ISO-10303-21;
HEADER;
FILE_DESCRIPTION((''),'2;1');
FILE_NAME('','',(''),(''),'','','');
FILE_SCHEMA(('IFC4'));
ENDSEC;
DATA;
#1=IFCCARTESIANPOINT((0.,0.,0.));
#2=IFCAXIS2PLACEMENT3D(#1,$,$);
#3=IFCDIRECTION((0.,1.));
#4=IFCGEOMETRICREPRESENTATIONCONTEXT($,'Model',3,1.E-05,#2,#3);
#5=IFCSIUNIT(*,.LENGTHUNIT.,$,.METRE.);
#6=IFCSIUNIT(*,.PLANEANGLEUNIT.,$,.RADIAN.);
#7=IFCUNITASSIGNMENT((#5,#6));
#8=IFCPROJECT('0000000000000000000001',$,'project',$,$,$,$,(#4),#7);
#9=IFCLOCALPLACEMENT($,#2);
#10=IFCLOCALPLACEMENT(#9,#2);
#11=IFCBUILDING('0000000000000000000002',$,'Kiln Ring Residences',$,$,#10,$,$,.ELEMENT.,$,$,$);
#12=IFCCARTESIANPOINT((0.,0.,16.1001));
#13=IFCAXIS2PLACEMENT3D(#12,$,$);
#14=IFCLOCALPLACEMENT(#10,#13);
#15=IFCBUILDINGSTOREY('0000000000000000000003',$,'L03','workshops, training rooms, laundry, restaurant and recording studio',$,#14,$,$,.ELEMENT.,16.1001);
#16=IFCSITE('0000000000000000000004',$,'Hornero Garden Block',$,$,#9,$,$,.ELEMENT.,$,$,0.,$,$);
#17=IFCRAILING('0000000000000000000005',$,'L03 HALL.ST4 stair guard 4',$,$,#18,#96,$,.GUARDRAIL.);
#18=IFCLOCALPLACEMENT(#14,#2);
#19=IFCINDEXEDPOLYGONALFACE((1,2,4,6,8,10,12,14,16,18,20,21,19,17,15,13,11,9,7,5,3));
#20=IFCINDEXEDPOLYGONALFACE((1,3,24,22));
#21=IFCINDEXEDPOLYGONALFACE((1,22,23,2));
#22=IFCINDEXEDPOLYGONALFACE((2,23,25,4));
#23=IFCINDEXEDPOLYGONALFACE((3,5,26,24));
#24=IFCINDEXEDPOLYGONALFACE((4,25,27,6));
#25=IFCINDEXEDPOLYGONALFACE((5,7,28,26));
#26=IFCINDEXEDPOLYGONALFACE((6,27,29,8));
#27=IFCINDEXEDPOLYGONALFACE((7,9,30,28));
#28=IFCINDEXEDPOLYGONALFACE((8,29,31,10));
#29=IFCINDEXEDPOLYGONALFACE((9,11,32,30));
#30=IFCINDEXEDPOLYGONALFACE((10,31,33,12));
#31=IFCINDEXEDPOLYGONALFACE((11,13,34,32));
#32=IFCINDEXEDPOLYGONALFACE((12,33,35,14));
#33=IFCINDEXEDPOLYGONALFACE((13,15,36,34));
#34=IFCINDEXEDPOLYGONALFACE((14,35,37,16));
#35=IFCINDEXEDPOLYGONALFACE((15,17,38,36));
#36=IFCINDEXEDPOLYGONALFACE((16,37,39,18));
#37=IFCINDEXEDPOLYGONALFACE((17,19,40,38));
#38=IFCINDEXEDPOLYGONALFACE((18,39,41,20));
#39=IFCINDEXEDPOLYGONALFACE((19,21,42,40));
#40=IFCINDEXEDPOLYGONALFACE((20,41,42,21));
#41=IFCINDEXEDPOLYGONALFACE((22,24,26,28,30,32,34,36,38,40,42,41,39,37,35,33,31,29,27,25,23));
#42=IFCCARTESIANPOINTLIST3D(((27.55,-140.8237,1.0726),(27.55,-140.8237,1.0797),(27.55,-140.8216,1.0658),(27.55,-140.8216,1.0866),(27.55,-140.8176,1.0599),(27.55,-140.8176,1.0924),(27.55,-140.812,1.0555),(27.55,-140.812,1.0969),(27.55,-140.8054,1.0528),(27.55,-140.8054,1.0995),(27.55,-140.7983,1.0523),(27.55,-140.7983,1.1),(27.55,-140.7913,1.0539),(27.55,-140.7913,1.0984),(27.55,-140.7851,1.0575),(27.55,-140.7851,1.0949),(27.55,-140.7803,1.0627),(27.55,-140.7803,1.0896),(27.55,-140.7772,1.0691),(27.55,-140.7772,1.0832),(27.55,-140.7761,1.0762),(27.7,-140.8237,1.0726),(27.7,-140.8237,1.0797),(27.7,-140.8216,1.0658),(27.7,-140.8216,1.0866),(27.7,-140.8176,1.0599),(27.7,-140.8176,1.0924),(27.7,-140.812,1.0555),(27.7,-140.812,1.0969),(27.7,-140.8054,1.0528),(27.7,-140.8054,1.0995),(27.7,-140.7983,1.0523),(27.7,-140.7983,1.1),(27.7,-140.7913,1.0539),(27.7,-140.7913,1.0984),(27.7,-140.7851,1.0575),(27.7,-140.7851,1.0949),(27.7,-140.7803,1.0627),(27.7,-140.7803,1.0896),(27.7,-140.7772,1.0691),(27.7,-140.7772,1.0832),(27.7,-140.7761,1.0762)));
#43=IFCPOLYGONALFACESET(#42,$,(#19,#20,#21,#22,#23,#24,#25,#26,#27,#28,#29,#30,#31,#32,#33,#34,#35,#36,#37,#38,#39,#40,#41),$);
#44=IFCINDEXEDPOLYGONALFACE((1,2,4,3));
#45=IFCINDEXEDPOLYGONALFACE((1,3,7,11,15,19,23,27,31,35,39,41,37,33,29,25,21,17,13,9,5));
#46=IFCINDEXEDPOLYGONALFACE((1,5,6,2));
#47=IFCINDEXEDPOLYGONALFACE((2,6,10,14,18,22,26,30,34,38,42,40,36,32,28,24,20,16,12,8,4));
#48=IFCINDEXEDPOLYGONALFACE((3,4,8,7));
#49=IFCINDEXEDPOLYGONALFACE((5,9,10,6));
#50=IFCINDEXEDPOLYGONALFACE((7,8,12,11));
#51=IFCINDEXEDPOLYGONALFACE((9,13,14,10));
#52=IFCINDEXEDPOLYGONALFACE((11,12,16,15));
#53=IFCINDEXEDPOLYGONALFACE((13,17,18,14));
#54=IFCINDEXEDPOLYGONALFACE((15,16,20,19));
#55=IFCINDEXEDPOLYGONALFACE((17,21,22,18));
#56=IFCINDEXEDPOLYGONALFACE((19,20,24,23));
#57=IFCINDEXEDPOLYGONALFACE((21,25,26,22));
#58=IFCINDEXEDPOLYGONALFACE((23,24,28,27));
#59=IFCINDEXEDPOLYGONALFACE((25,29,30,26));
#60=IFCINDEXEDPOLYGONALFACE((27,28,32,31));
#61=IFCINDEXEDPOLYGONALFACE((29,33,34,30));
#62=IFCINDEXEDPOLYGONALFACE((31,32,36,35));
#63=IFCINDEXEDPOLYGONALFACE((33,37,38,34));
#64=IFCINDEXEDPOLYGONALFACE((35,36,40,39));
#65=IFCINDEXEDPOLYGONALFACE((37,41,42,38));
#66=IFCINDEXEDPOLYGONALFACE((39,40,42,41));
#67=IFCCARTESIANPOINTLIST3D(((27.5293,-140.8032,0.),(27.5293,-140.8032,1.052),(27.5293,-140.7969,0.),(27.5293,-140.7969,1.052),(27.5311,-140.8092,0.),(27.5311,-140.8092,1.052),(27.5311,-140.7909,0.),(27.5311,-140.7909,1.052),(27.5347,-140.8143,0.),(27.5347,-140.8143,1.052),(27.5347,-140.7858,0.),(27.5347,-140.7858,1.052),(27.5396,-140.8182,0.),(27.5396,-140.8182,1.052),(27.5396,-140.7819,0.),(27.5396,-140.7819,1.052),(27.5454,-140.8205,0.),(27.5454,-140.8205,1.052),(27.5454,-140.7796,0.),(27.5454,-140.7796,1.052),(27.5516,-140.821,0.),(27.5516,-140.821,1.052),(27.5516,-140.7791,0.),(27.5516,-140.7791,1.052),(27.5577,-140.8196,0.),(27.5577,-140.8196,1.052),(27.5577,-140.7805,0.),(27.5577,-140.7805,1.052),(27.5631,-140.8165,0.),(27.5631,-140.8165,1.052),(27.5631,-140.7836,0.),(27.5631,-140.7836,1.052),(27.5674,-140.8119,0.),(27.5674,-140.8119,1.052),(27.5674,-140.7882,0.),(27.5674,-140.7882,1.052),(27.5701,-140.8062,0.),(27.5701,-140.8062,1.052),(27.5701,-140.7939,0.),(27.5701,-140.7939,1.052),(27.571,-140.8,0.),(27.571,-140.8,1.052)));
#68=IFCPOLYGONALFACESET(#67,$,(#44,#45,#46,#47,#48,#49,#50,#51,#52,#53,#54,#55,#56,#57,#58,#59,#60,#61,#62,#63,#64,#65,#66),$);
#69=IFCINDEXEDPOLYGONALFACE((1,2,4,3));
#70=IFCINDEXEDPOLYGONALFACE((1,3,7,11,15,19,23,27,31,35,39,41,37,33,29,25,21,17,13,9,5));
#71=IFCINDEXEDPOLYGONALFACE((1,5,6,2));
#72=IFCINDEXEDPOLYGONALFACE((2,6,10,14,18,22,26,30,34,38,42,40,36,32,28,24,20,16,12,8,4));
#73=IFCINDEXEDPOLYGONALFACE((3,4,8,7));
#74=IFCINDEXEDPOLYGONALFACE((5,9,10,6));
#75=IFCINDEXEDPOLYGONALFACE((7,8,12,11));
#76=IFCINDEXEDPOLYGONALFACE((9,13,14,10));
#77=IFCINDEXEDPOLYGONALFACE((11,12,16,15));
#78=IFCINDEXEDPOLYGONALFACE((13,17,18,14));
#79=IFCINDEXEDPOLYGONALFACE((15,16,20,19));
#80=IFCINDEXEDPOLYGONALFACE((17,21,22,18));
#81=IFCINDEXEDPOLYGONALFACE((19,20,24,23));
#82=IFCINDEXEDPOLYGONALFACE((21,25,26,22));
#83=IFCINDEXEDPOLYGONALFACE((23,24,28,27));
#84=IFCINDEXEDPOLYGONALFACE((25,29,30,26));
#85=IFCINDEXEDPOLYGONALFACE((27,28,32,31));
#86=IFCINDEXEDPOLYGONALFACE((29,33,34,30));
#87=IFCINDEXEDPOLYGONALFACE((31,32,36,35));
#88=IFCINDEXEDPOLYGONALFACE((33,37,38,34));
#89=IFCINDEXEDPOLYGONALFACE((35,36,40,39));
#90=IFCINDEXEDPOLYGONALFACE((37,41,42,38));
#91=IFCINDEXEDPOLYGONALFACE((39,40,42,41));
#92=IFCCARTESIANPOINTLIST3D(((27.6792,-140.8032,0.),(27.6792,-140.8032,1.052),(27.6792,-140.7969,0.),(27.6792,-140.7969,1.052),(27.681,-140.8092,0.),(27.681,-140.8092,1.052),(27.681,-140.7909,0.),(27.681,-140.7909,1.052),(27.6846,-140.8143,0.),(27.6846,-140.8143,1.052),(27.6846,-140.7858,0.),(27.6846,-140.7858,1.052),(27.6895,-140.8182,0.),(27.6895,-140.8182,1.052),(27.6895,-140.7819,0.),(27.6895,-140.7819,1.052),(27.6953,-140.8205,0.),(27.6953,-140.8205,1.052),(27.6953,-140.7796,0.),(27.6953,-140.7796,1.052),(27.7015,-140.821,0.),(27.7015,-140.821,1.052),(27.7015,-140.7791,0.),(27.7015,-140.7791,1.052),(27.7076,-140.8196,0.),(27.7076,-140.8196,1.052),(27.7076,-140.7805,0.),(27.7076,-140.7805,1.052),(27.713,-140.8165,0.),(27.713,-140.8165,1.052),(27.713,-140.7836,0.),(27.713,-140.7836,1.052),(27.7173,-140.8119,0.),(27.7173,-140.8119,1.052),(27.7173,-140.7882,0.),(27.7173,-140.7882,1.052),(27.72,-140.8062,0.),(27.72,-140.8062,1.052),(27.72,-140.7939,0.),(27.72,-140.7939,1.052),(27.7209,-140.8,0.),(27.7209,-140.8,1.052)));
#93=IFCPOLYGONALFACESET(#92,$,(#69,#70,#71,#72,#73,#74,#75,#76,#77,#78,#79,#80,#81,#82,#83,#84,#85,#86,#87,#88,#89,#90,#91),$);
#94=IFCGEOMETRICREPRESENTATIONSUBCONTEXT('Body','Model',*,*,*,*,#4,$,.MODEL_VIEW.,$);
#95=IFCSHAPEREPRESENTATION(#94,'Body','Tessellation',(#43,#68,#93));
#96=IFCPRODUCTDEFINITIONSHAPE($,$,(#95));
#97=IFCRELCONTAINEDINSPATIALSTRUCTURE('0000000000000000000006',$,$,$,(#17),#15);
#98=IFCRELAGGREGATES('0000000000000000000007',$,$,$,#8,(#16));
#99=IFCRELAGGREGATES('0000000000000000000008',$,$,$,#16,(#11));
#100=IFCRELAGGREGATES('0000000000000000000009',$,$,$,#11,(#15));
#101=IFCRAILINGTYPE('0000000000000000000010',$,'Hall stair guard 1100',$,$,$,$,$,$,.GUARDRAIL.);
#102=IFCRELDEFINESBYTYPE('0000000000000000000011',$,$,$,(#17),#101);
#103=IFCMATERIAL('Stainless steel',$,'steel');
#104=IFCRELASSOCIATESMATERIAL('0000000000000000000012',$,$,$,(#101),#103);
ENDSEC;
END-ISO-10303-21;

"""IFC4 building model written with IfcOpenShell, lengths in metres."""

from ifc_helpers import new_model, si_unit, direction, frame, origin, origin_2d, place, context, subcontext, project, spatial, circle, extrude, material, type_object, element, save


model = new_model("IFC4")

# Units and contexts
model_context = context("Model", 3, precision=1e-05, world=origin(), true_north=direction((0.0, 1.0)))
body_context = subcontext(model_context, "Body", "Model", "MODEL_VIEW")
ifc_project = project(units=[si_unit("LENGTHUNIT", "METRE"), si_unit("PLANEANGLEUNIT", "RADIAN")], contexts=[model_context])

# Site, building, storey
site_placement = place(None, origin())
site = spatial("IfcSite", under=ifc_project, at=site_placement, Name="Hornero Garden Block", CompositionType="ELEMENT", RefElevation=0.0)
building_placement = place(site_placement, origin())
building = spatial("IfcBuilding", under=site, at=building_placement, Name="Kiln Ring Residences", CompositionType="ELEMENT")
storey_placement = place(building_placement, frame((0.0, 0.0, 16.1001)))
storey = spatial("IfcBuildingStorey", under=building, at=storey_placement, Name="L03", Description="workshops, training rooms, laundry, restaurant and recording studio", CompositionType="ELEMENT", Elevation=16.1001)

# Railing
ifc_material_1 = material(Name="Stainless steel", Category="steel")
railing_type_1 = type_object("IfcRailingType", Name="Hall stair guard 1100", PredefinedType="GUARDRAIL", material=ifc_material_1)
railing_1_placement = place(storey_placement, frame((27.55, -140.8, 0.0)))
element("IfcRailing", 1, at=railing_1_placement, inside=storey, type_object=railing_type_1, Name="L03 HALL.ST4 stair guard 4", PredefinedType="GUARDRAIL", context=body_context, shape_type="SweptSolid", body=[
    extrude(circle(Radius=0.0239, at=origin_2d()), frame((0.0, 0.0, 1.0762), z_axis=(1.0, 0.0, 0.0), x_axis=(0.0, 1.0, 0.0)), (0.0, 0.0, 1.0), 0.1499),
    extrude(circle(Radius=0.021, at=origin_2d()), origin(), (0.0, 0.0, 1.0), 1.052),
    extrude(circle(Radius=0.021, at=origin_2d()), frame((0.1499, 0.0, 0.0)), (0.0, 0.0, 1.0), 1.052),
])

save(model, "model.ifc")
